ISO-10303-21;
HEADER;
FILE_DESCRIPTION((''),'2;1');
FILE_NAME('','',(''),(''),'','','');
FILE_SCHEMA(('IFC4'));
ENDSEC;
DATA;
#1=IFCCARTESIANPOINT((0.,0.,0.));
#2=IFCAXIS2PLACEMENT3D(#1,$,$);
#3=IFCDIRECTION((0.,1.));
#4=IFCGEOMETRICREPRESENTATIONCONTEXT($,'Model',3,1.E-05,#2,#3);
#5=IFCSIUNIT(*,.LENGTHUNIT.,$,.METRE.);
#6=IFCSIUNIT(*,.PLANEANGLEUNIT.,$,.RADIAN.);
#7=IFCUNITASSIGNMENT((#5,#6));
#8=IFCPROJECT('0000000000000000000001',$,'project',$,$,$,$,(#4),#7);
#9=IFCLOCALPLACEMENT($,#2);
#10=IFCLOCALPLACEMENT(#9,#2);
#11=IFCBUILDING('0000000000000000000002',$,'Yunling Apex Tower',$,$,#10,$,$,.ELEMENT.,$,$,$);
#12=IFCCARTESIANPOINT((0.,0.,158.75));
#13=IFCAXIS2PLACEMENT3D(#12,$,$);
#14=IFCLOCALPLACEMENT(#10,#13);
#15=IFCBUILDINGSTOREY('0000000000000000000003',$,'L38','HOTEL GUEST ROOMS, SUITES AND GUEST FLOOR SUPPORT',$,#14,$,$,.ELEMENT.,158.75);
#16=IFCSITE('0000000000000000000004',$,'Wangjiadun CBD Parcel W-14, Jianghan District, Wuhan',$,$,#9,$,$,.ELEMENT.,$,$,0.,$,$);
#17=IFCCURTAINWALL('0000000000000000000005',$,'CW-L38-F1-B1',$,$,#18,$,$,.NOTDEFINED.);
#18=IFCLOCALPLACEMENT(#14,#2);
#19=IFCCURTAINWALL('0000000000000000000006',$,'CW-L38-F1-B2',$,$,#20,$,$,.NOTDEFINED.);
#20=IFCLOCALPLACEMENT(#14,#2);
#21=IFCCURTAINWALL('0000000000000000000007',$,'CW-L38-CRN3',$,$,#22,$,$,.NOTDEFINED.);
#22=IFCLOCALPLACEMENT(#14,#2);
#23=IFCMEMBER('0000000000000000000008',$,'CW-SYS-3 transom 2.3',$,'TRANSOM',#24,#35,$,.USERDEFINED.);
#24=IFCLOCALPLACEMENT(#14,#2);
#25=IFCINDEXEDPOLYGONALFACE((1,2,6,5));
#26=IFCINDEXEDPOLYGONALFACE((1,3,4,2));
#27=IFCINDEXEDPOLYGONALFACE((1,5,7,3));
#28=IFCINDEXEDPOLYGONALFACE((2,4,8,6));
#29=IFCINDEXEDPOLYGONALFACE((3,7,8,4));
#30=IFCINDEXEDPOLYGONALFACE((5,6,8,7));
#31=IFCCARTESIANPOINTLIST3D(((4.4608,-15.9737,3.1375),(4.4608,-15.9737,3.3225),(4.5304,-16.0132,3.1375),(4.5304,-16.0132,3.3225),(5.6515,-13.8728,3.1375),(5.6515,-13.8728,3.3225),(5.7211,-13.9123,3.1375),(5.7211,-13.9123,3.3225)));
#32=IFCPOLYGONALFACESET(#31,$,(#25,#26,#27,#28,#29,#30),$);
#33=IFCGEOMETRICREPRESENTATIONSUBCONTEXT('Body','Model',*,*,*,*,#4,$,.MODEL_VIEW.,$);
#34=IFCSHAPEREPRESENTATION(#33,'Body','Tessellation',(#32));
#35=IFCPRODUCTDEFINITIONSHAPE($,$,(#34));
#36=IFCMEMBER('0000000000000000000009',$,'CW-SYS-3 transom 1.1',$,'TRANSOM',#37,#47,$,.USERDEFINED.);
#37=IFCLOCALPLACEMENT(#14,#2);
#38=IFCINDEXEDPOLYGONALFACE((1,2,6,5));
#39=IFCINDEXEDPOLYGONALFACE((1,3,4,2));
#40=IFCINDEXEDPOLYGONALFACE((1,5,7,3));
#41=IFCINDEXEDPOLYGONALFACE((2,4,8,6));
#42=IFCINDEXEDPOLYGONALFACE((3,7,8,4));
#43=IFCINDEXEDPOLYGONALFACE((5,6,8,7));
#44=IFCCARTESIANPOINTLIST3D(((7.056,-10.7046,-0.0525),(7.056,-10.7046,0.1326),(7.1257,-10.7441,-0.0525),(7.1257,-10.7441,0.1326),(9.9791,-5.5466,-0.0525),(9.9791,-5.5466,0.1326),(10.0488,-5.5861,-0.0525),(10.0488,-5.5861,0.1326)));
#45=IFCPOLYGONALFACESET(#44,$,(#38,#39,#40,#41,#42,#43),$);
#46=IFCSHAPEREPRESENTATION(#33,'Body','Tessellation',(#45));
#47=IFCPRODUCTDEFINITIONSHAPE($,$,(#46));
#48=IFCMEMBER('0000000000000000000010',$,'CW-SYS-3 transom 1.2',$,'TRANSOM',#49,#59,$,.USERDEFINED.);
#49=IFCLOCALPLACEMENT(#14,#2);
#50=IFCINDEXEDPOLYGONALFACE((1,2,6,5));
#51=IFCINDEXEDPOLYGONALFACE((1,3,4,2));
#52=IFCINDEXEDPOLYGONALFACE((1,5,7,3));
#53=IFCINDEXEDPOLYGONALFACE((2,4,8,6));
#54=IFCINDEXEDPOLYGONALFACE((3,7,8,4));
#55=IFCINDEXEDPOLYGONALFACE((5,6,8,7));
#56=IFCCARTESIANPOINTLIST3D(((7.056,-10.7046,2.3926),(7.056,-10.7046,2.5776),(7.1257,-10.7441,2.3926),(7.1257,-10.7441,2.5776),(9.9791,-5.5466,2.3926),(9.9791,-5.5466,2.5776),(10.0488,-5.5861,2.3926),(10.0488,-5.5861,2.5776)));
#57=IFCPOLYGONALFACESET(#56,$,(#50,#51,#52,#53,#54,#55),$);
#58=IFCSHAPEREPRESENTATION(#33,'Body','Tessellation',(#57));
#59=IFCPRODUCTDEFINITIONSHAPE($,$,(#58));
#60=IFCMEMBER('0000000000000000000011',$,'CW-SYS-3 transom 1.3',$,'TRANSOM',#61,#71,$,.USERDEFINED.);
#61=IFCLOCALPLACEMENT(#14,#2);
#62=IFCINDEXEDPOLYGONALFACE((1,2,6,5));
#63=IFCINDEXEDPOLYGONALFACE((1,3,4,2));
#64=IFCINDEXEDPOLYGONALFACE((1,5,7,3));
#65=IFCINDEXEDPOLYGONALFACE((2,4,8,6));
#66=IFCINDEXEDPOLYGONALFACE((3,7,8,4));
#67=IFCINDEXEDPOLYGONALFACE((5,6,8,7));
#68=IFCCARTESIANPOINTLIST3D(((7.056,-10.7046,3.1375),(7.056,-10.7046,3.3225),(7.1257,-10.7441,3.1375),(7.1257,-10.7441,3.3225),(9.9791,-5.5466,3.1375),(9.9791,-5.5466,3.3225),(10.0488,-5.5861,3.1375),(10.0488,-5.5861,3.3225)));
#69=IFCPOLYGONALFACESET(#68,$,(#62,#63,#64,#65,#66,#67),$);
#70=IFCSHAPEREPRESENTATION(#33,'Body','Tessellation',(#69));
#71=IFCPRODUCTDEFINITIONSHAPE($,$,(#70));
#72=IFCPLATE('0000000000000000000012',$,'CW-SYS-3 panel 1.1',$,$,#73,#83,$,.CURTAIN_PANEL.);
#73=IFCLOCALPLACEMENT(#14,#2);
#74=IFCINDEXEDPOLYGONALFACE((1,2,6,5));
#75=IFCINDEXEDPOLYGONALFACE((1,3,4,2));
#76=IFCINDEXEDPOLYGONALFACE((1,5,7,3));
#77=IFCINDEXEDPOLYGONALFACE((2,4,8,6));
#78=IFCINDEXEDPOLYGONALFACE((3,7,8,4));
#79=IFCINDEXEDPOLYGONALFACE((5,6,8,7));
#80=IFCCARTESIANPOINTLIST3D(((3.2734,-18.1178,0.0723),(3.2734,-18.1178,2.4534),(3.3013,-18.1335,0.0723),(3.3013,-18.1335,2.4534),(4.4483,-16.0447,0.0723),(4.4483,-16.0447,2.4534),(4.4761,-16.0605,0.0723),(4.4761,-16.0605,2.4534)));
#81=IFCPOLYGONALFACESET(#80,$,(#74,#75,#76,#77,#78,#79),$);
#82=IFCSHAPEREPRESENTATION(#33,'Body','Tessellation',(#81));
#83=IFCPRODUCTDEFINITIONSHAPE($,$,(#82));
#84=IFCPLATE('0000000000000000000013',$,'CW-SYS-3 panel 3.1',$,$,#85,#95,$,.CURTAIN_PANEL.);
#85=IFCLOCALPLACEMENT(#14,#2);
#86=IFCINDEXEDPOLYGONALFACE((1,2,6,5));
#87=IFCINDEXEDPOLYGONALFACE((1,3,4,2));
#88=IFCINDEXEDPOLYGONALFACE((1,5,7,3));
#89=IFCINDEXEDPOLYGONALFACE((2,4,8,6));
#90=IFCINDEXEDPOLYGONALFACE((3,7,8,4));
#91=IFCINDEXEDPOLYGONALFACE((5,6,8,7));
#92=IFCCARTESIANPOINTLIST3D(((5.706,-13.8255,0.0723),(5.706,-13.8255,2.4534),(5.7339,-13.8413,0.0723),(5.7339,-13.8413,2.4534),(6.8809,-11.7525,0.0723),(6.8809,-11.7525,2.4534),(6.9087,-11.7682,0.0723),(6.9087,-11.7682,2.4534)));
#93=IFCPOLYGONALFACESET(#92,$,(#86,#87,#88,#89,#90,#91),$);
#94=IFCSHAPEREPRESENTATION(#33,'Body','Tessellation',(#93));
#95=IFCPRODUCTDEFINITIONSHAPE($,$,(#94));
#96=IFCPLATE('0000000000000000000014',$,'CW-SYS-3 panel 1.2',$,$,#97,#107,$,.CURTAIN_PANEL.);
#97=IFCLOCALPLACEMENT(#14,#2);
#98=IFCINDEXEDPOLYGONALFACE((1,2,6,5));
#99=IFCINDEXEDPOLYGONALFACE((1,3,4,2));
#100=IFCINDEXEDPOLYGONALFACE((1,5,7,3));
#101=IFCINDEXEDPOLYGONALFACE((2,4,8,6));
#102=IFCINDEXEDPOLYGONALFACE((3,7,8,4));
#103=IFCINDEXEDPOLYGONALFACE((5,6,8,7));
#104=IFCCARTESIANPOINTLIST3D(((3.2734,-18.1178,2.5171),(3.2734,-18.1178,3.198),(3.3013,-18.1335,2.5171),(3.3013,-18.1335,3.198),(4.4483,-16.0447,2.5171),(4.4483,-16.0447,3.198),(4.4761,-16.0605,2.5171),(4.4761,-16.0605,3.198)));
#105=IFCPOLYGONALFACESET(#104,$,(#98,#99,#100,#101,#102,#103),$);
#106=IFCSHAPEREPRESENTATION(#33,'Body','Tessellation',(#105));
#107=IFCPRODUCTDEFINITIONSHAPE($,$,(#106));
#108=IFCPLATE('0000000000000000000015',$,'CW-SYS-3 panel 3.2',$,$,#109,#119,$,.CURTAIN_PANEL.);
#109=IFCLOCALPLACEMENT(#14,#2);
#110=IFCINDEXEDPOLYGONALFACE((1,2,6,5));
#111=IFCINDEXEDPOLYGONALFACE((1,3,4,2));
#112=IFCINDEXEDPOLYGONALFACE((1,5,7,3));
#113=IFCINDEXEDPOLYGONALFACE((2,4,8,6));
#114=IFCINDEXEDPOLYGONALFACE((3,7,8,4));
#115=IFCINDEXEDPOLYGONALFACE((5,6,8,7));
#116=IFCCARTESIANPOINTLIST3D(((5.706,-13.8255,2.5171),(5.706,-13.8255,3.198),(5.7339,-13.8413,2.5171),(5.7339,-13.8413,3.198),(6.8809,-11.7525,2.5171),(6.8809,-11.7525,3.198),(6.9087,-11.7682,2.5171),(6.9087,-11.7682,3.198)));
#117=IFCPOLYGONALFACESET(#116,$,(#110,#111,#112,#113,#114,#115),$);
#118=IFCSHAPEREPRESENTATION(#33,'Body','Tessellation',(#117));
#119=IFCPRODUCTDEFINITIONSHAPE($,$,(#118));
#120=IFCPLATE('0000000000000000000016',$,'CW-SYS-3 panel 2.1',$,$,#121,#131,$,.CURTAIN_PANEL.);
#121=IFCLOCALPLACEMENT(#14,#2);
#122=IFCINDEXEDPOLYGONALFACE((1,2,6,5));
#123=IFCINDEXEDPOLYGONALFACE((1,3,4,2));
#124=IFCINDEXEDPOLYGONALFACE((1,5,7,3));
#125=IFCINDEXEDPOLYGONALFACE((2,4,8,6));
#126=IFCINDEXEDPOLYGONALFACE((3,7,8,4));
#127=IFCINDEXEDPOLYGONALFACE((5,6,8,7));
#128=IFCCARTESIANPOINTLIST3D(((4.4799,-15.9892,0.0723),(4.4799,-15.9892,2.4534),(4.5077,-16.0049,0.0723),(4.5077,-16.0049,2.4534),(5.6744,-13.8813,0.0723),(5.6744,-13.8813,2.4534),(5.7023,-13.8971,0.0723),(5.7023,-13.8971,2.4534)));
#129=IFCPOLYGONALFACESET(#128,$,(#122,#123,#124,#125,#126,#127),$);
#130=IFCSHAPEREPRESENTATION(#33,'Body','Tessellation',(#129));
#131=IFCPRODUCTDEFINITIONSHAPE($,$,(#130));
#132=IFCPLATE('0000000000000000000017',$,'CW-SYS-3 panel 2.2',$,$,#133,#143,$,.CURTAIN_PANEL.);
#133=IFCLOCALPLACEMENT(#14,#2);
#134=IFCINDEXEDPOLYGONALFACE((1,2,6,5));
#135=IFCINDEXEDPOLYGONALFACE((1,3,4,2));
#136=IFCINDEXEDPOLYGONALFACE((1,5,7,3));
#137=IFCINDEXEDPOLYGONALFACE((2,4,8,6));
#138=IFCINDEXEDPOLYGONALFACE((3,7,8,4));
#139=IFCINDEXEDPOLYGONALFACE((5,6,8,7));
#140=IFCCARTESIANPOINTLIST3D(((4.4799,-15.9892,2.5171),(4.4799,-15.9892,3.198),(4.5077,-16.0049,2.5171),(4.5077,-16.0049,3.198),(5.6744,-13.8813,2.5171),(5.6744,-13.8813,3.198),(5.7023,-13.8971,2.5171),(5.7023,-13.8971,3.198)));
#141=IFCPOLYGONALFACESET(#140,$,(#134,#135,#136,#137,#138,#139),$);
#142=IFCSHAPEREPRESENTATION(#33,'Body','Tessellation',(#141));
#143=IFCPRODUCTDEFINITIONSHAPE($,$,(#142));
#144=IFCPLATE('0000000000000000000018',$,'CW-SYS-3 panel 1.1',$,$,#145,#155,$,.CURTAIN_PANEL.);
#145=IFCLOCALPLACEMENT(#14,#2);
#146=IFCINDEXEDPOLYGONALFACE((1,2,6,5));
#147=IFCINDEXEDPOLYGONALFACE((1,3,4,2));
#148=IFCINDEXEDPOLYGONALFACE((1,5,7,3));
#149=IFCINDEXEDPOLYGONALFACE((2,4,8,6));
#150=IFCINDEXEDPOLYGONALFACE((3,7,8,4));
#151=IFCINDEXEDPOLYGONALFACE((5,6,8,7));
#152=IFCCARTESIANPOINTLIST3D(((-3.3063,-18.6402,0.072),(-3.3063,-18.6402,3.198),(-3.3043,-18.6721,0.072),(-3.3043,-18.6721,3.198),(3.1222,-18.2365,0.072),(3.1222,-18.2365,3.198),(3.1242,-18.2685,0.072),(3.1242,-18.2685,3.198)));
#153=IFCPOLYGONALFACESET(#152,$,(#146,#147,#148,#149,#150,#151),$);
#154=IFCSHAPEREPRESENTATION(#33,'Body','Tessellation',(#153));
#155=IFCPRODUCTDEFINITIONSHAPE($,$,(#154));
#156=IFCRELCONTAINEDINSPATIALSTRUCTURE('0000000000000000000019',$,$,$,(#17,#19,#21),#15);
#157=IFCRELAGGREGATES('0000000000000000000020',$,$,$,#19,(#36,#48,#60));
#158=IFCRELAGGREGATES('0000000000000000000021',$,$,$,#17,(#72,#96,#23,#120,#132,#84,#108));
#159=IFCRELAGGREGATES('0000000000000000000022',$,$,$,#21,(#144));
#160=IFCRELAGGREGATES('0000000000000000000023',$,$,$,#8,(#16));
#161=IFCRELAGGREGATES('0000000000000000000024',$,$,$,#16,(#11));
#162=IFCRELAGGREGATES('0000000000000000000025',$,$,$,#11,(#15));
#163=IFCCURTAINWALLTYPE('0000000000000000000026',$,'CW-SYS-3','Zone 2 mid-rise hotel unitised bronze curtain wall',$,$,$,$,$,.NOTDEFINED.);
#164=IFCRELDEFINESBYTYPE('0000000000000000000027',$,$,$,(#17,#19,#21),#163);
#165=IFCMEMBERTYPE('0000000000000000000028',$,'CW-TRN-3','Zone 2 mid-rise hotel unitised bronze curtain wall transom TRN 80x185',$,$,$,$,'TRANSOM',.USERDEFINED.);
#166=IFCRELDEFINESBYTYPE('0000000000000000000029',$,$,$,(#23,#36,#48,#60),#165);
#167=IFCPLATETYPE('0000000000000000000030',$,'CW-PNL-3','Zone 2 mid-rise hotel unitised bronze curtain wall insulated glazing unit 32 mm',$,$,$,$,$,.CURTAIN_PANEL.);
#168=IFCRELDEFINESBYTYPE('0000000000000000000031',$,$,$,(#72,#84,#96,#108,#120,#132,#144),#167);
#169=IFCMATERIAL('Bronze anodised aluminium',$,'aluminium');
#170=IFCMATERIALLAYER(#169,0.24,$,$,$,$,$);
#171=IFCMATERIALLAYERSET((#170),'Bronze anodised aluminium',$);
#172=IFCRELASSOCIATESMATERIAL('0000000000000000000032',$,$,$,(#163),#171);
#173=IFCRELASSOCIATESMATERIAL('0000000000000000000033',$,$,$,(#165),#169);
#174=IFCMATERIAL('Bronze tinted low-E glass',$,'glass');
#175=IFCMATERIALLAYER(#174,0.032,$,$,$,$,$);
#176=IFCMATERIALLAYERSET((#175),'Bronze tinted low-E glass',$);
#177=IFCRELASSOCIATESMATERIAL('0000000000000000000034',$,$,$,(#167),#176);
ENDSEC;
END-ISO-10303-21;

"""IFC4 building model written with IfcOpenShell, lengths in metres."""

from ifc_helpers import new_model, si_unit, direction, frame, origin, origin_2d, place, context, subcontext, project, spatial, rectangle, extrude, source, transform, mapped, material, layer, layer_set, material_profile, profile_set, type_object, element, aggregate, save


model = new_model("IFC4")

# Units and contexts
model_context = context("Model", 3, precision=1e-05, world=origin(), true_north=direction((0.0, 1.0)))
body_context = subcontext(model_context, "Body", "Model", "MODEL_VIEW")
ifc_project = project(units=[si_unit("LENGTHUNIT", "METRE"), si_unit("PLANEANGLEUNIT", "RADIAN")], contexts=[model_context])

# Site, building, storey
site_placement = place(None, origin())
site = spatial("IfcSite", under=ifc_project, at=site_placement, Name="Wangjiadun CBD Parcel W-14, Jianghan District, Wuhan", CompositionType="ELEMENT", RefElevation=0.0)
building_placement = place(site_placement, origin())
building = spatial("IfcBuilding", under=site, at=building_placement, Name="Yunling Apex Tower", CompositionType="ELEMENT")
storey_placement = place(building_placement, frame((0.0, 0.0, 158.75)))
storey = spatial("IfcBuildingStorey", under=building, at=storey_placement, Name="L38", Description="HOTEL GUEST ROOMS, SUITES AND GUEST FLOOR SUPPORT", CompositionType="ELEMENT", Elevation=158.75)

# Curtain wall
ifc_material_1 = material(Name="Bronze anodised aluminium", Category="aluminium")
ifc_layer_1 = layer(ifc_material_1, 0.24)
ifc_layer_set_1 = layer_set([ifc_layer_1], Name="Bronze anodised aluminium")
curtain_wall_type = type_object("IfcCurtainWallType", Name="CW-SYS-3", Description="Zone 2 mid-rise hotel unitised bronze curtain wall", PredefinedType="NOTDEFINED", material=ifc_layer_set_1)
curtain_wall_1_placement = place(storey_placement, origin())
curtain_wall_1 = element("IfcCurtainWall", 1, at=curtain_wall_1_placement, inside=storey, type_object=curtain_wall_type, Name="CW-L38-F1-B1", PredefinedType="NOTDEFINED")

# Curtain walls
curtain_wall_2_placement = place(storey_placement, origin())
curtain_wall_2 = element("IfcCurtainWall", 2, at=curtain_wall_2_placement, inside=storey, type_object=curtain_wall_type, Name="CW-L38-F1-B2", PredefinedType="NOTDEFINED")
curtain_wall_3_placement = place(storey_placement, origin())
curtain_wall_3 = element("IfcCurtainWall", 3, at=curtain_wall_3_placement, inside=storey, type_object=curtain_wall_type, Name="CW-L38-CRN3", PredefinedType="NOTDEFINED")

# Members
ifc_material_profile_1 = material_profile(ifc_material_1, rectangle(XDim=0.0801, YDim=0.1851, at=origin_2d()))
ifc_profile_set_1 = profile_set([ifc_material_profile_1], Name="Bronze anodised aluminium")
member_type_1 = type_object("IfcMemberType", Name="CW-TRN-3", Description="Zone 2 mid-rise hotel unitised bronze curtain wall transom TRN 80x185", ElementType="TRANSOM", PredefinedType="USERDEFINED", material=ifc_profile_set_1)
shared_shape_1 = source(origin(), body_context, "Body", "SweptSolid", [
    extrude(rectangle(XDim=0.0801, YDim=0.1851, at=origin_2d()), origin(), (0.0, 0.0, 1.0), 2.4148),
])
member_1_placement = place(storey_placement, frame((4.4956, -15.9934, 3.23), z_axis=(0.493076, 0.869986, 0.0), x_axis=(-0.869986, 0.493076, 0.0)))
member_1 = element("IfcMember", 4, at=member_1_placement, type_object=member_type_1, Name="CW-SYS-3 transom 2.3", ObjectType="TRANSOM", PredefinedType="USERDEFINED", context=body_context, shape_type="MappedRepresentation", body=[
    mapped(shared_shape_1, transform((0.0, 0.0, 0.0), scale=1.0)),
])
shared_shape_2 = source(origin(), body_context, "Body", "SweptSolid", [
    extrude(rectangle(XDim=0.0801, YDim=0.1851, at=origin_2d()), origin(), (0.0, 0.0, 1.0), 5.9287),
])
member_2_placement = place(storey_placement, frame((7.0908, -10.7244, 0.04), z_axis=(0.493045, 0.870004, 0.0), x_axis=(-0.870004, 0.493045, 0.0)))
member_2 = element("IfcMember", 5, at=member_2_placement, type_object=member_type_1, Name="CW-SYS-3 transom 1.1", ObjectType="TRANSOM", PredefinedType="USERDEFINED", context=body_context, shape_type="MappedRepresentation", body=[
    mapped(shared_shape_2, transform((0.0, 0.0, 0.0), scale=1.0)),
])
member_3_placement = place(storey_placement, frame((7.0908, -10.7244, 2.4851), z_axis=(0.493045, 0.870004, 0.0), x_axis=(-0.870004, 0.493045, 0.0)))
member_3 = element("IfcMember", 6, at=member_3_placement, type_object=member_type_1, Name="CW-SYS-3 transom 1.2", ObjectType="TRANSOM", PredefinedType="USERDEFINED", context=body_context, shape_type="MappedRepresentation", body=[
    mapped(shared_shape_2, transform((0.0, 0.0, 0.0), scale=1.0)),
])
member_4_placement = place(storey_placement, frame((7.0908, -10.7244, 3.23), z_axis=(0.493045, 0.870004, 0.0), x_axis=(-0.870004, 0.493045, 0.0)))
member_4 = element("IfcMember", 7, at=member_4_placement, type_object=member_type_1, Name="CW-SYS-3 transom 1.3", ObjectType="TRANSOM", PredefinedType="USERDEFINED", context=body_context, shape_type="MappedRepresentation", body=[
    mapped(shared_shape_2, transform((0.0, 0.0, 0.0), scale=1.0)),
])
aggregate(curtain_wall_2, [member_2, member_3, member_4])

# Plates
ifc_material_2 = material(Name="Bronze tinted low-E glass", Category="glass")
ifc_layer_2 = layer(ifc_material_2, 0.032)
ifc_layer_set_2 = layer_set([ifc_layer_2], Name="Bronze tinted low-E glass")
plate_type = type_object("IfcPlateType", Name="CW-PNL-3", Description="Zone 2 mid-rise hotel unitised bronze curtain wall insulated glazing unit 32 mm", PredefinedType="CURTAIN_PANEL", material=ifc_layer_set_2)
shared_shape_3 = source(origin(), body_context, "Body", "SweptSolid", [
    extrude(rectangle(XDim=2.3828, YDim=0.032, at=origin_2d()), origin(), (0.0, 0.0, 1.0), 2.3811),
])
plate_1_placement = place(storey_placement, frame((3.8748, -17.0891, 0.0723), z_axis=(0.0, 0.0, 1.0), x_axis=(0.493041, 0.870006, 0.0)))
plate_1 = element("IfcPlate", 8, at=plate_1_placement, type_object=plate_type, Name="CW-SYS-3 panel 1.1", PredefinedType="CURTAIN_PANEL", context=body_context, shape_type="MappedRepresentation", body=[
    mapped(shared_shape_3, transform((0.0, 0.0, 0.0), scale=1.0)),
])
plate_2_placement = place(storey_placement, frame((6.3074, -12.7969, 0.0723), z_axis=(0.0, 0.0, 1.0), x_axis=(0.493041, 0.870006, 0.0)))
plate_2 = element("IfcPlate", 9, at=plate_2_placement, type_object=plate_type, Name="CW-SYS-3 panel 3.1", PredefinedType="CURTAIN_PANEL", context=body_context, shape_type="MappedRepresentation", body=[
    mapped(shared_shape_3, transform((0.0, 0.0, 0.0), scale=1.0)),
])
shared_shape_4 = source(origin(), body_context, "Body", "SweptSolid", [
    extrude(rectangle(XDim=2.3828, YDim=0.032, at=origin_2d()), origin(), (0.0, 0.0, 1.0), 0.6809),
])
plate_3_placement = place(storey_placement, frame((3.8748, -17.0891, 2.5171), z_axis=(0.0, 0.0, 1.0), x_axis=(0.493041, 0.870006, 0.0)))
plate_3 = element("IfcPlate", 10, at=plate_3_placement, type_object=plate_type, Name="CW-SYS-3 panel 1.2", PredefinedType="CURTAIN_PANEL", context=body_context, shape_type="MappedRepresentation", body=[
    mapped(shared_shape_4, transform((0.0, 0.0, 0.0), scale=1.0)),
])
plate_4_placement = place(storey_placement, frame((6.3074, -12.7969, 2.5171), z_axis=(0.0, 0.0, 1.0), x_axis=(0.493041, 0.870006, 0.0)))
plate_4 = element("IfcPlate", 11, at=plate_4_placement, type_object=plate_type, Name="CW-SYS-3 panel 3.2", PredefinedType="CURTAIN_PANEL", context=body_context, shape_type="MappedRepresentation", body=[
    mapped(shared_shape_4, transform((0.0, 0.0, 0.0), scale=1.0)),
])
shared_shape_5 = source(origin(), body_context, "Body", "SweptSolid", [
    extrude(rectangle(XDim=2.4229, YDim=0.032, at=origin_2d()), origin(), (0.0, 0.0, 1.0), 2.3811),
])
plate_5_placement = place(storey_placement, frame((5.0911, -14.9431, 0.0723), z_axis=(0.0, 0.0, 1.0), x_axis=(0.493041, 0.870006, 0.0)))
plate_5 = element("IfcPlate", 12, at=plate_5_placement, type_object=plate_type, Name="CW-SYS-3 panel 2.1", PredefinedType="CURTAIN_PANEL", context=body_context, shape_type="MappedRepresentation", body=[
    mapped(shared_shape_5, transform((0.0, 0.0, 0.0), scale=1.0)),
])
shared_shape_6 = source(origin(), body_context, "Body", "SweptSolid", [
    extrude(rectangle(XDim=2.4229, YDim=0.032, at=origin_2d()), origin(), (0.0, 0.0, 1.0), 0.6809),
])
plate_6_placement = place(storey_placement, frame((5.0911, -14.9431, 2.5171), z_axis=(0.0, 0.0, 1.0), x_axis=(0.493041, 0.870006, 0.0)))
plate_6 = element("IfcPlate", 13, at=plate_6_placement, type_object=plate_type, Name="CW-SYS-3 panel 2.2", PredefinedType="CURTAIN_PANEL", context=body_context, shape_type="MappedRepresentation", body=[
    mapped(shared_shape_6, transform((0.0, 0.0, 0.0), scale=1.0)),
])
aggregate(curtain_wall_1, [plate_1, plate_3, member_1, plate_5, plate_6, plate_2, plate_4])
shared_shape_7 = source(origin(), body_context, "Body", "SweptSolid", [
    extrude(rectangle(XDim=6.4412, YDim=0.032, at=origin_2d()), origin(), (0.0, 0.0, 1.0), 3.126),
])
plate_7_placement = place(storey_placement, frame((-0.0911, -18.4543, 0.072), z_axis=(0.0, 0.0, 1.0), x_axis=(0.998034, 0.062672, 0.0)))
plate_7 = element("IfcPlate", 14, at=plate_7_placement, type_object=plate_type, Name="CW-SYS-3 panel 1.1", PredefinedType="CURTAIN_PANEL", context=body_context, shape_type="MappedRepresentation", body=[
    mapped(shared_shape_7, transform((0.0, 0.0, 0.0), scale=1.0)),
])
aggregate(curtain_wall_3, [plate_7])

save(model, "model.ifc")
